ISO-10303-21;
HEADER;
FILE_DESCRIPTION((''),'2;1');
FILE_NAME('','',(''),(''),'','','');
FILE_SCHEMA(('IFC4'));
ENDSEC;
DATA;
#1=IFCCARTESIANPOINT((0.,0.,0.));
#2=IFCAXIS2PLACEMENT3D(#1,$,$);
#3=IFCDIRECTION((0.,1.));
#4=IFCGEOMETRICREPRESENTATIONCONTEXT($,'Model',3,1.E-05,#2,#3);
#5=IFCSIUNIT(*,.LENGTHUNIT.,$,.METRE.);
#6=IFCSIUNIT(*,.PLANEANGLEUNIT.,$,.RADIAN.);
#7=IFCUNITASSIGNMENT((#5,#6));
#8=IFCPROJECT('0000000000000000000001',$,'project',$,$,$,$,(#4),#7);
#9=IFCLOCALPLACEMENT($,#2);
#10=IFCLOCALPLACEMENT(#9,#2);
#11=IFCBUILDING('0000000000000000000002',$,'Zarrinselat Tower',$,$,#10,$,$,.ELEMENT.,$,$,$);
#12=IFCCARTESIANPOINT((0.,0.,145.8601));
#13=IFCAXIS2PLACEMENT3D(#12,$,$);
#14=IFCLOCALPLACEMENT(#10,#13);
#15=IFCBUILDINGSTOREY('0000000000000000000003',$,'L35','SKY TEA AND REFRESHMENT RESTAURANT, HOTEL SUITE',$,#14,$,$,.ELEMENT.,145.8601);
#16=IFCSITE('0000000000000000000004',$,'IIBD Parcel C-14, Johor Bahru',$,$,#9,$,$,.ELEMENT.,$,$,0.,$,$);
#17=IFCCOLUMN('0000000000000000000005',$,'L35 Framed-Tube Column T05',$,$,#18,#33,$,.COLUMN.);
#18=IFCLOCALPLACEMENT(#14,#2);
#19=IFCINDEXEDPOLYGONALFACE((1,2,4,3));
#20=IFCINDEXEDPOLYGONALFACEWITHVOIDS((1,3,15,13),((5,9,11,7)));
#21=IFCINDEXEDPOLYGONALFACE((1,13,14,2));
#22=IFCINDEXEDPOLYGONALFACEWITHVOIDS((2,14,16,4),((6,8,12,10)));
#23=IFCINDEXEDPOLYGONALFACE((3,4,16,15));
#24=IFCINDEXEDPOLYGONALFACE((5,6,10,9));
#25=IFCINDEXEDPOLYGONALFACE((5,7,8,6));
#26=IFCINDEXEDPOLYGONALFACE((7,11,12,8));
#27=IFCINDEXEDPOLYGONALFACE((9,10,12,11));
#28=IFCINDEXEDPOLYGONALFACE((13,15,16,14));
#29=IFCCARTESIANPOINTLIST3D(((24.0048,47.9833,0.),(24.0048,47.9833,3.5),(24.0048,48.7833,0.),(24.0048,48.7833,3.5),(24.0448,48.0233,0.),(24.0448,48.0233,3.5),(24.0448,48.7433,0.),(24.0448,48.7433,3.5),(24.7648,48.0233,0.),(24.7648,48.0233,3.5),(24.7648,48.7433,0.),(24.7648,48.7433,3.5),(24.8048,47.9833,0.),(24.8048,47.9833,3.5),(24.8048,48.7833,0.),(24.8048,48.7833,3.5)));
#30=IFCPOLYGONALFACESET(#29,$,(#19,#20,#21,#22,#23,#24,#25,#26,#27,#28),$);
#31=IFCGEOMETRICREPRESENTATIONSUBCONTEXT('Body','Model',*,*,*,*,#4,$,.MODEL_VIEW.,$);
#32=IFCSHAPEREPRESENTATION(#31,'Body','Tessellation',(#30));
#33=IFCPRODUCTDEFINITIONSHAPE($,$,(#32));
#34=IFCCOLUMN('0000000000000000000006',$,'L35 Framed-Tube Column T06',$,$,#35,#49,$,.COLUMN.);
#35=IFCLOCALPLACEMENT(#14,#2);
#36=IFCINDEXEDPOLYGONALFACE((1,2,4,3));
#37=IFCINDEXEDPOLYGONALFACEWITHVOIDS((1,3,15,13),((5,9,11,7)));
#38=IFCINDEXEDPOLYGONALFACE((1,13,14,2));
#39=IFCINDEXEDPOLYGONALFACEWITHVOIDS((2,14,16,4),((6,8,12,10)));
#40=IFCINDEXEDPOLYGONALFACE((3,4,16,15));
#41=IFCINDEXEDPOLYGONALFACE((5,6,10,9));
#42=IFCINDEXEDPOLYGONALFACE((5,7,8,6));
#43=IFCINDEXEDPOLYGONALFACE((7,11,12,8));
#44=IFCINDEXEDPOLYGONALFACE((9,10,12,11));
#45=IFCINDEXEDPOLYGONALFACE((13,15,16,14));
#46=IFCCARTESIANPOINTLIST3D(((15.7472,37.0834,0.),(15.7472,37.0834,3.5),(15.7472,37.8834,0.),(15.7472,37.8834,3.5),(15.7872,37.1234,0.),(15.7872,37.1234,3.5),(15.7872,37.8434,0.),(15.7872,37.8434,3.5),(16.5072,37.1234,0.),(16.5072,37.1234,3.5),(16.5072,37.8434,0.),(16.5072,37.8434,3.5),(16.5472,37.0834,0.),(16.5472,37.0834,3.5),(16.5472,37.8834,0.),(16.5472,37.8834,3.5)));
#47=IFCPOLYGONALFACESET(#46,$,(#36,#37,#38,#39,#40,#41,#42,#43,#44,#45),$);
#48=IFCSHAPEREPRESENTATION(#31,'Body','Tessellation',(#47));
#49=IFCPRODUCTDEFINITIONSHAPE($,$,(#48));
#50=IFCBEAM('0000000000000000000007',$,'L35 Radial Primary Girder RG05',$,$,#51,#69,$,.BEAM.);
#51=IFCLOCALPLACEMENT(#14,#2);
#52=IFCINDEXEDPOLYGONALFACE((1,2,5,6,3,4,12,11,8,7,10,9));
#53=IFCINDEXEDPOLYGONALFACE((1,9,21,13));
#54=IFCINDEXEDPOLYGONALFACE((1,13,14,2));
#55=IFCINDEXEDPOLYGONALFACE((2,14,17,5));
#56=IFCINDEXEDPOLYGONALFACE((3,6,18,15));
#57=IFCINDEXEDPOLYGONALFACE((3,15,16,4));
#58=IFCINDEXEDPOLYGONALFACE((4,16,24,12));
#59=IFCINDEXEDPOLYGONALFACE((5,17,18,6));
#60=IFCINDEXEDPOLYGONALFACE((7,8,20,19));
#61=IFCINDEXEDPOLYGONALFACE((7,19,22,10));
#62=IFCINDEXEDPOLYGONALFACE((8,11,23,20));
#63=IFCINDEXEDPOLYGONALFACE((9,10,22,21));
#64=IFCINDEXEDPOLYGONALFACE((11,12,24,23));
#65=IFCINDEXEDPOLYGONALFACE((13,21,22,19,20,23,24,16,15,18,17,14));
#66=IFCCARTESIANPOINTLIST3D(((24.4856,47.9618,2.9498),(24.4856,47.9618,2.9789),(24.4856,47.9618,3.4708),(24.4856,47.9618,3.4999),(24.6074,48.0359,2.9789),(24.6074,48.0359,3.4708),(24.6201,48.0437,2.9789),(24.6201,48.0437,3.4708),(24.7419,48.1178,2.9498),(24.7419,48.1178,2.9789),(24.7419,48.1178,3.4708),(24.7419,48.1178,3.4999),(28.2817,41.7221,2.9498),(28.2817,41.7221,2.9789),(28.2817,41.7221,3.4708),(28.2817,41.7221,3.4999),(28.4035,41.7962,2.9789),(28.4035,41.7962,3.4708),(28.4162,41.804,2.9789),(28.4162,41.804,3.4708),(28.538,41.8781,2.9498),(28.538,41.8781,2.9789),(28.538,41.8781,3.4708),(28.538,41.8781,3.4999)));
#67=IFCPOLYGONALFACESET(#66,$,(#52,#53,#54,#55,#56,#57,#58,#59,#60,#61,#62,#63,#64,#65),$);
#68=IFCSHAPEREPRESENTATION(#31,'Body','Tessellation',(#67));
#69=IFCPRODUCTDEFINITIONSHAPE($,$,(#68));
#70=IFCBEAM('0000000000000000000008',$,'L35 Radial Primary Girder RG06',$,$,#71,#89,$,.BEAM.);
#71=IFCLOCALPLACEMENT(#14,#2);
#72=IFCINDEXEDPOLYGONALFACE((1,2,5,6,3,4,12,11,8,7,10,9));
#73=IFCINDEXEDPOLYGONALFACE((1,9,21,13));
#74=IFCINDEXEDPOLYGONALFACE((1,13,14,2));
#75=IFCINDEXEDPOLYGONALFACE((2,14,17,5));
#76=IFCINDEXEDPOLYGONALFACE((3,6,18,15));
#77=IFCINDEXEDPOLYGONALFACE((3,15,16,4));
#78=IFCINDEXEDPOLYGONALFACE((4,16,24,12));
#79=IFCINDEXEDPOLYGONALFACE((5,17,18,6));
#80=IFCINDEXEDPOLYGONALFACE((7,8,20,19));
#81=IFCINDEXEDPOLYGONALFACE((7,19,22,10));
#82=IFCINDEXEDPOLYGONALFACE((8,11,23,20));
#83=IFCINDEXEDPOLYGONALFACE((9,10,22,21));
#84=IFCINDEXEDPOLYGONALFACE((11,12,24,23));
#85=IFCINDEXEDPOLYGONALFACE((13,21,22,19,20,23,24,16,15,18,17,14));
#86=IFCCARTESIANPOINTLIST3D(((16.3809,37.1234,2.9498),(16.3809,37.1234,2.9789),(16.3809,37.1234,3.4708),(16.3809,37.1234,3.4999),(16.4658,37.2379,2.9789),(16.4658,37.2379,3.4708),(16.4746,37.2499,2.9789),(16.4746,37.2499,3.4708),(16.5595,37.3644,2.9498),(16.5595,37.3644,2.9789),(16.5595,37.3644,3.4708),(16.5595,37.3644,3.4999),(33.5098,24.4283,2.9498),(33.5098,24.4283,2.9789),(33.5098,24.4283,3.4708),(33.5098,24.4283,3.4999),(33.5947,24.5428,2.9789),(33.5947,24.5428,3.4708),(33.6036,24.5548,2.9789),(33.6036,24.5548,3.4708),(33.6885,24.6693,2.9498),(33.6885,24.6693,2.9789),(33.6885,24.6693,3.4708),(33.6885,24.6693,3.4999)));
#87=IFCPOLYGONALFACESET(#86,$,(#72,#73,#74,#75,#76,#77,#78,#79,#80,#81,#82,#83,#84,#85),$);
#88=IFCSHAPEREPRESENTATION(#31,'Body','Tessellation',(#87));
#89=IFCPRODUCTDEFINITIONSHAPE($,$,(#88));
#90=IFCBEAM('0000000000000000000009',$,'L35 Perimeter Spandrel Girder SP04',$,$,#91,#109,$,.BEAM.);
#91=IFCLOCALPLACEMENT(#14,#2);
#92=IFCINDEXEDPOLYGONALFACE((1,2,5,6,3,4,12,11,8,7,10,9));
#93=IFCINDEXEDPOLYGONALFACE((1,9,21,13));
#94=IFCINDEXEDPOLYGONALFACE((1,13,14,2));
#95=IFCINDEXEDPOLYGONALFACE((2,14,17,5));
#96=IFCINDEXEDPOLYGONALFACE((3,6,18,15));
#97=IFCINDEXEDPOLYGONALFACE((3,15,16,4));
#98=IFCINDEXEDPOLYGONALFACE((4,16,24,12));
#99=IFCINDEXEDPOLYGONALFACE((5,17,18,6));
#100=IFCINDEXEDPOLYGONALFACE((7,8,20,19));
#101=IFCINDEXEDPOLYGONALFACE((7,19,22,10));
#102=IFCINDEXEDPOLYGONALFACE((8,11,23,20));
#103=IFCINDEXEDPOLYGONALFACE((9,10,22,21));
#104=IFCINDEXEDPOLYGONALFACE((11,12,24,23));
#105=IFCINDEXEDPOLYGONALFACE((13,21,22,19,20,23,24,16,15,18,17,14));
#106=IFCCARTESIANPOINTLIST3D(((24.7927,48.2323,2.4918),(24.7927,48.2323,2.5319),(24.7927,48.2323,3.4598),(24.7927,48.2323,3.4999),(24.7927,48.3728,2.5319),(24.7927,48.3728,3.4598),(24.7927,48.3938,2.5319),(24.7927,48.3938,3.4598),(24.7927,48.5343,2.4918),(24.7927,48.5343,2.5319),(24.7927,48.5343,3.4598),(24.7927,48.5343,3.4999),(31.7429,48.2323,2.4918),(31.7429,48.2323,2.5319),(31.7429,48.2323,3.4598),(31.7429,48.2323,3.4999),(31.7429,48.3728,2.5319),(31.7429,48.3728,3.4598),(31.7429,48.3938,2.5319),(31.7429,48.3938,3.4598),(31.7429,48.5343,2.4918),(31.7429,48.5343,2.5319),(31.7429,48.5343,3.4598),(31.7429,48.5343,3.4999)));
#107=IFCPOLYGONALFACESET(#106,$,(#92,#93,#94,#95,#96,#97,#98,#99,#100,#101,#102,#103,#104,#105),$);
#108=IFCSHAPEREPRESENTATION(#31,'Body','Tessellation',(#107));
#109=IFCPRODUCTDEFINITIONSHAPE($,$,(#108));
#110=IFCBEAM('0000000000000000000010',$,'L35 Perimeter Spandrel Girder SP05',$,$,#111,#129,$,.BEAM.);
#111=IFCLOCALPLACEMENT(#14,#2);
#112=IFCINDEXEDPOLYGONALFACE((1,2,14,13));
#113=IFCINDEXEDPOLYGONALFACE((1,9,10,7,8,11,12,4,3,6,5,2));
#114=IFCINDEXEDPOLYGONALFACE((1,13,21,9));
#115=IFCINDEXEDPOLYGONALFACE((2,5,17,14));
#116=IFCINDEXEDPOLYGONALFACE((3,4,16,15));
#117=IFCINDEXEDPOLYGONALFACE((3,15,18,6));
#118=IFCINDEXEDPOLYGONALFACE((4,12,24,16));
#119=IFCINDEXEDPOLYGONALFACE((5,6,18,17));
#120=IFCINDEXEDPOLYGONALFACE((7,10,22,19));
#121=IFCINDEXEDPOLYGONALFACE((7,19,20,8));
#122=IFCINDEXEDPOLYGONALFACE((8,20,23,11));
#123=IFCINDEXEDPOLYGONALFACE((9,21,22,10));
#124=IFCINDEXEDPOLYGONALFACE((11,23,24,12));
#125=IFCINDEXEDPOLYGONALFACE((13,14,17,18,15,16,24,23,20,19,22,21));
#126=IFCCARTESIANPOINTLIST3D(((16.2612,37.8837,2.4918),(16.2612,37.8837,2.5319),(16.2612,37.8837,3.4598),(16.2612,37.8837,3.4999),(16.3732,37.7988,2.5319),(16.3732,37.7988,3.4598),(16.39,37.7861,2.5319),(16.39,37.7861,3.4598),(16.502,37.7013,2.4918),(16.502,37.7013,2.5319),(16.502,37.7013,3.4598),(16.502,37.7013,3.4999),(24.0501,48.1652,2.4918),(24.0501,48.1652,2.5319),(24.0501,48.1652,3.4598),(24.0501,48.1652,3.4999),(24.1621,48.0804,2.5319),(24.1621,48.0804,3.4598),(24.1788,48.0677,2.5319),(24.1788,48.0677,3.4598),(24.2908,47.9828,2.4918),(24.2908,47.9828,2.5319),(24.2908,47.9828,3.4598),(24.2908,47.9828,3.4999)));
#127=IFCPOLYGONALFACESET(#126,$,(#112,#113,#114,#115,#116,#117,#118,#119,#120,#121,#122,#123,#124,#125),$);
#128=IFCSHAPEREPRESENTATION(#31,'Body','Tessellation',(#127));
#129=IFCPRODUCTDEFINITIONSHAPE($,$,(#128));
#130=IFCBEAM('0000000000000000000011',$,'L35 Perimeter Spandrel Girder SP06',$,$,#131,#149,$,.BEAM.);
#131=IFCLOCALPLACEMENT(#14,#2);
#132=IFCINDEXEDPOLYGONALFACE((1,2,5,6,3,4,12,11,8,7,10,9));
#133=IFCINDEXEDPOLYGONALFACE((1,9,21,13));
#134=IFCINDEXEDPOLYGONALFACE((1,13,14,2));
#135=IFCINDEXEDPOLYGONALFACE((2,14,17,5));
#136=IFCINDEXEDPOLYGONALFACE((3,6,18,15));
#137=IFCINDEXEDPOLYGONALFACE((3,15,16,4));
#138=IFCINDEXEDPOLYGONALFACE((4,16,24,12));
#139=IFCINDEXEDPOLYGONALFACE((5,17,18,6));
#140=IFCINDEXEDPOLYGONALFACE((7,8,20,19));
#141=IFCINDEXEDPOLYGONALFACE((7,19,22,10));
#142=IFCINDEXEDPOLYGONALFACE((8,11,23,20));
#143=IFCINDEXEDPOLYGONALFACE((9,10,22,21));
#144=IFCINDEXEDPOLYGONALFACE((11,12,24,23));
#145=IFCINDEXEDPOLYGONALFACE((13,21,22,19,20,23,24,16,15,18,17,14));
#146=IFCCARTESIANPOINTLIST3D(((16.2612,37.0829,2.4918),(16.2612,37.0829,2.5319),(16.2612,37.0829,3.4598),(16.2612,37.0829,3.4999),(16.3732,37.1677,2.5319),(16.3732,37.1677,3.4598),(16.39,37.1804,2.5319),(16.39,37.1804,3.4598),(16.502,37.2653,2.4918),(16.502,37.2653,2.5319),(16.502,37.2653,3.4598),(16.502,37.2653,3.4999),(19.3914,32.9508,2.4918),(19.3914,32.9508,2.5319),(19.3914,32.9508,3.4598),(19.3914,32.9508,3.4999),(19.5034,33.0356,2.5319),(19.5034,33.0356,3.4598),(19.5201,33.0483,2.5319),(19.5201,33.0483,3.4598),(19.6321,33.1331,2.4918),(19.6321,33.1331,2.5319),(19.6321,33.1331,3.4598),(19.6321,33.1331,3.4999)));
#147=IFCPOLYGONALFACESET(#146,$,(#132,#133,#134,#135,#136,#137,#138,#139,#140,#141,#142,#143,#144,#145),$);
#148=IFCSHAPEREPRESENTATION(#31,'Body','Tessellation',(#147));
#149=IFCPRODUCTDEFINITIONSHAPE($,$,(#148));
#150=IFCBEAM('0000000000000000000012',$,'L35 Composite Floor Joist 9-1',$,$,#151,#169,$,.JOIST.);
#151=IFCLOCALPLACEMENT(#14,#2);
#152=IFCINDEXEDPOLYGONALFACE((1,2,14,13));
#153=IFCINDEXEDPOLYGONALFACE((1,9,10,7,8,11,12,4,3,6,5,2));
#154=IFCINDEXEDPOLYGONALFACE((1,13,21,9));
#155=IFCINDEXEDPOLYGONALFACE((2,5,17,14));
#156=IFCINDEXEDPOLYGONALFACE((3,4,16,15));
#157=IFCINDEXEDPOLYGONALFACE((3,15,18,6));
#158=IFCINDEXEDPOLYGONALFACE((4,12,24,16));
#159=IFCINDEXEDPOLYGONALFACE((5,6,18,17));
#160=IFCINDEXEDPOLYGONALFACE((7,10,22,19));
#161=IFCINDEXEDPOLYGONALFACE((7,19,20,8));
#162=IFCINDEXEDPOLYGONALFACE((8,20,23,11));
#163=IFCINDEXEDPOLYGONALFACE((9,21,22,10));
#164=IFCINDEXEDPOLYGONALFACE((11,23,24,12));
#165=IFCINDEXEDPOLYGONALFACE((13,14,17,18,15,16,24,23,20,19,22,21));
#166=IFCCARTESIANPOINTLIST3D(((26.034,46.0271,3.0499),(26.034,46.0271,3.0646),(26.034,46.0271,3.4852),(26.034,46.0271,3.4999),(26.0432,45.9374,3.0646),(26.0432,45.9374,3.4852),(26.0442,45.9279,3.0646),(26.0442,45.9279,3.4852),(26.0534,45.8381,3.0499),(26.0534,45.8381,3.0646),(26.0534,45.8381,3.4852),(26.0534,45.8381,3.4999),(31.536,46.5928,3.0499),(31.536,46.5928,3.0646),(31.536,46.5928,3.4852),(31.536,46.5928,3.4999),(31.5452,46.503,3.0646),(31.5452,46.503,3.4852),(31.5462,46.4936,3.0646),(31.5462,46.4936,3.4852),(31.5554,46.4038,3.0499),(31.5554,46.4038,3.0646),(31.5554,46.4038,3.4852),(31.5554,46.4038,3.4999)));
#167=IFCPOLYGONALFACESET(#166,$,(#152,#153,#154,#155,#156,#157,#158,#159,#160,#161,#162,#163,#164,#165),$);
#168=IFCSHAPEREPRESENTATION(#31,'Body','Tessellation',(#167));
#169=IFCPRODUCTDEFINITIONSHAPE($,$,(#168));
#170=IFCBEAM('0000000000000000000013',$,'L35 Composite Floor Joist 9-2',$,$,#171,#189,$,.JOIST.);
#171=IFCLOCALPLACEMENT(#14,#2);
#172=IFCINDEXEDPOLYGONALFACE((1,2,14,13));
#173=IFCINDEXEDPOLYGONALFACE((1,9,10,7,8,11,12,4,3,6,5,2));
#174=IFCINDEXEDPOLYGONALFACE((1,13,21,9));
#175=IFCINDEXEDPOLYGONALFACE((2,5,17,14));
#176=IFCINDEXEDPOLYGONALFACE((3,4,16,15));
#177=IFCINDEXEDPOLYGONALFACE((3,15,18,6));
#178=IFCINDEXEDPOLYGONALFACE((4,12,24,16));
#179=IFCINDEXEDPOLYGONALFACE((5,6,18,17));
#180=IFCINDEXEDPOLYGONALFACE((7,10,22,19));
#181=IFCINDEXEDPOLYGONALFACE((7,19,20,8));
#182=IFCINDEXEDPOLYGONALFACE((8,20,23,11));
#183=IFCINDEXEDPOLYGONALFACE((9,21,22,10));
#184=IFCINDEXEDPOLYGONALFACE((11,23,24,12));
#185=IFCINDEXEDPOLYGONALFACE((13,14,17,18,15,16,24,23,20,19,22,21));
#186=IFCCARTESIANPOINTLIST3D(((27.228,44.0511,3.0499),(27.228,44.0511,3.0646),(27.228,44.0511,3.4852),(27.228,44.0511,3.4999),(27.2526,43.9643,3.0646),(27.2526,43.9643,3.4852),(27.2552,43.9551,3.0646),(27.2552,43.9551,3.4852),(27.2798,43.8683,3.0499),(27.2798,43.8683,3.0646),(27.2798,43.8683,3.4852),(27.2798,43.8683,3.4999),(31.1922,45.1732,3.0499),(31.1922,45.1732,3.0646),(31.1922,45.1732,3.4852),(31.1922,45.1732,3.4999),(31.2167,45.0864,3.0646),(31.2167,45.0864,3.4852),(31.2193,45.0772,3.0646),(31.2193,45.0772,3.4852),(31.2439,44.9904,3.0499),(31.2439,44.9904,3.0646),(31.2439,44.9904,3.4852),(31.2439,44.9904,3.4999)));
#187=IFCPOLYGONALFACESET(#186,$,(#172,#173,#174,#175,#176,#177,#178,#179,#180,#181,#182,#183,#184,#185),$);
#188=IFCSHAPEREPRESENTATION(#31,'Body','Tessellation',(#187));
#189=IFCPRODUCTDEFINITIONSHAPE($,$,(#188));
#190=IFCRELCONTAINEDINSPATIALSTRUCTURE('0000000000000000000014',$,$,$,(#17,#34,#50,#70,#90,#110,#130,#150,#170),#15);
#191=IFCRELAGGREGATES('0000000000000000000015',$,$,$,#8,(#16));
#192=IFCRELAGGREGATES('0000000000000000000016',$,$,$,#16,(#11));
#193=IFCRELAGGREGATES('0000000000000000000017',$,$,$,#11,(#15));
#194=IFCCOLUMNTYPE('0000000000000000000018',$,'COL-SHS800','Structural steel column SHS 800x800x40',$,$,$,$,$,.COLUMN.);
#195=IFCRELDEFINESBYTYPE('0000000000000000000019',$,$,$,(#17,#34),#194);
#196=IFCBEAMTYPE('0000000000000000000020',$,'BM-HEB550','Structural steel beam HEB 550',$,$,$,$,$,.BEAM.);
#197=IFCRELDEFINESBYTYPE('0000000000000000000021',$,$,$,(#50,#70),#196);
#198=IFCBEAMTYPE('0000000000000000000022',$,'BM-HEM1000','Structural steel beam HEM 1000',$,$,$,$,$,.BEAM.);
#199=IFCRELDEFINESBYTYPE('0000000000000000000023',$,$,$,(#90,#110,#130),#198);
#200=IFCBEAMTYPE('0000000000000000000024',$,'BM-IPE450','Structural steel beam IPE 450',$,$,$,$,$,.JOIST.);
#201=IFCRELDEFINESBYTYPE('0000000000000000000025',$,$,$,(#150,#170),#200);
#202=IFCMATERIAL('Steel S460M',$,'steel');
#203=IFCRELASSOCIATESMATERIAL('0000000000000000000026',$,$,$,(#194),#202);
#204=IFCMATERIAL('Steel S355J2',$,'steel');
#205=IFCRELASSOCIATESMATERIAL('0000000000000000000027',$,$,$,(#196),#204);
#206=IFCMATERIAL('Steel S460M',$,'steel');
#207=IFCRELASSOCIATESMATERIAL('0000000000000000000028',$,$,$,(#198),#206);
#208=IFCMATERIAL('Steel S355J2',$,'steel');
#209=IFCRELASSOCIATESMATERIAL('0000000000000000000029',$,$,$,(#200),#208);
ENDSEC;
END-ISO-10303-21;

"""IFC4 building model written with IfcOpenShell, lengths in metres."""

from ifc_helpers import new_model, si_unit, direction, frame, origin, origin_2d, place, context, subcontext, project, spatial, hollow_rectangle, i_section, extrude, material, material_profile, profile_set, type_object, element, save


model = new_model("IFC4")

# Units and contexts
model_context = context("Model", 3, precision=1e-05, world=origin(), true_north=direction((0.0, 1.0)))
body_context = subcontext(model_context, "Body", "Model", "MODEL_VIEW")
ifc_project = project(units=[si_unit("LENGTHUNIT", "METRE"), si_unit("PLANEANGLEUNIT", "RADIAN")], contexts=[model_context])

# Site, building, storey
site_placement = place(None, origin())
site = spatial("IfcSite", under=ifc_project, at=site_placement, Name="IIBD Parcel C-14, Johor Bahru", CompositionType="ELEMENT", RefElevation=0.0)
building_placement = place(site_placement, origin())
building = spatial("IfcBuilding", under=site, at=building_placement, Name="Zarrinselat Tower", CompositionType="ELEMENT")
storey_placement = place(building_placement, frame((0.0, 0.0, 145.8601)))
storey = spatial("IfcBuildingStorey", under=building, at=storey_placement, Name="L35", Description="SKY TEA AND REFRESHMENT RESTAURANT, HOTEL SUITE", CompositionType="ELEMENT", Elevation=145.8601)

# Columns
ifc_material_1 = material(Name="Steel S460M", Category="steel")
ifc_material_profile_1 = material_profile(ifc_material_1, hollow_rectangle(XDim=0.8, YDim=0.8, WallThickness=0.04, at=origin_2d()), Name="SHS 800x800x40")
ifc_profile_set_1 = profile_set([ifc_material_profile_1], Name="Steel S460M")
column_type = type_object("IfcColumnType", Name="COL-SHS800", Description="Structural steel column SHS 800x800x40", PredefinedType="COLUMN", material=ifc_profile_set_1)
for number, where, z_axis, x_axis, name in (
    (1, (24.4048, 48.3833, 0.0), (0.0, 0.0, 1.0), (1.0, 0.0, 0.0), "L35 Framed-Tube Column T05"),
    (2, (16.1472, 37.4834, 0.0), (0.0, 0.0, 1.0), (1.0, 0.0, 0.0), "L35 Framed-Tube Column T06"),
):
    element("IfcColumn", number, at=place(storey_placement, frame(where, z_axis=z_axis, x_axis=x_axis)), inside=storey, type_object=column_type, Name=name, PredefinedType="COLUMN", context=body_context, shape_type="SweptSolid", body=[
        extrude(hollow_rectangle(XDim=0.8, YDim=0.8, WallThickness=0.04, at=origin_2d()), origin(), (0.0, 0.0, 1.0), 3.5),
    ])

# Beams
ifc_material_2 = material(Name="Steel S355J2", Category="steel")
ifc_material_profile_2 = material_profile(ifc_material_2, i_section(OverallWidth=0.3, OverallDepth=0.55, WebThickness=0.0149, FlangeThickness=0.0291, at=origin_2d()), Name="HEB 550")
ifc_profile_set_2 = profile_set([ifc_material_profile_2], Name="Steel S355J2")
beam_type_1 = type_object("IfcBeamType", Name="BM-HEB550", Description="Structural steel beam HEB 550", PredefinedType="BEAM", material=ifc_profile_set_2)
beam_1_placement = place(storey_placement, frame((24.6138, 48.0398, 3.2249), z_axis=(0.519751, -0.854318, 0.0), x_axis=(0.854318, 0.519751, 0.0)))
element("IfcBeam", 3, at=beam_1_placement, inside=storey, type_object=beam_type_1, Name="L35 Radial Primary Girder RG05", PredefinedType="BEAM", context=body_context, shape_type="SweptSolid", body=[
    extrude(i_section(OverallWidth=0.3, OverallDepth=0.55, WebThickness=0.0149, FlangeThickness=0.0291, at=origin_2d()), origin(), (0.0, 0.0, 1.0), 7.3037),
])
beam_2_placement = place(storey_placement, frame((16.4702, 37.2439, 3.2249), z_axis=(0.8034, -0.595439, 0.0), x_axis=(0.595439, 0.8034, 0.0)))
element("IfcBeam", 4, at=beam_2_placement, inside=storey, type_object=beam_type_1, Name="L35 Radial Primary Girder RG06", PredefinedType="BEAM", context=body_context, shape_type="SweptSolid", body=[
    extrude(i_section(OverallWidth=0.3, OverallDepth=0.55, WebThickness=0.0149, FlangeThickness=0.0291, at=origin_2d()), origin(), (0.0, 0.0, 1.0), 21.3206),
])
ifc_material_3 = material(Name="Steel S460M", Category="steel")
ifc_material_profile_3 = material_profile(ifc_material_3, i_section(OverallWidth=0.302, OverallDepth=1.0081, WebThickness=0.021, FlangeThickness=0.04, at=origin_2d()), Name="HEM 1000")
ifc_profile_set_3 = profile_set([ifc_material_profile_3], Name="Steel S460M")
beam_type_2 = type_object("IfcBeamType", Name="BM-HEM1000", Description="Structural steel beam HEM 1000", PredefinedType="BEAM", material=ifc_profile_set_3)
beam_3_placement = place(storey_placement, frame((24.7927, 48.3833, 2.9958), z_axis=(1.0, 0.0, 0.0), x_axis=(0.0, 1.0, 0.0)))
element("IfcBeam", 5, at=beam_3_placement, inside=storey, type_object=beam_type_2, Name="L35 Perimeter Spandrel Girder SP04", PredefinedType="BEAM", context=body_context, shape_type="SweptSolid", body=[
    extrude(i_section(OverallWidth=0.302, OverallDepth=1.0081, WebThickness=0.021, FlangeThickness=0.04, at=origin_2d()), origin(), (0.0, 0.0, 1.0), 6.9502),
])
beam_4_placement = place(storey_placement, frame((16.3816, 37.7925, 2.9958), z_axis=(0.603848, 0.797099, 0.0), x_axis=(-0.797099, 0.603848, 0.0)))
element("IfcBeam", 6, at=beam_4_placement, inside=storey, type_object=beam_type_2, Name="L35 Perimeter Spandrel Girder SP05", PredefinedType="BEAM", context=body_context, shape_type="SweptSolid", body=[
    extrude(i_section(OverallWidth=0.302, OverallDepth=1.0081, WebThickness=0.021, FlangeThickness=0.04, at=origin_2d()), origin(), (0.0, 0.0, 1.0), 12.8987),
])
beam_5_placement = place(storey_placement, frame((16.3816, 37.1741, 2.9958), z_axis=(0.603829, -0.797114, 0.0), x_axis=(0.797114, 0.603829, 0.0)))
element("IfcBeam", 7, at=beam_5_placement, inside=storey, type_object=beam_type_2, Name="L35 Perimeter Spandrel Girder SP06", PredefinedType="BEAM", context=body_context, shape_type="SweptSolid", body=[
    extrude(i_section(OverallWidth=0.302, OverallDepth=1.0081, WebThickness=0.021, FlangeThickness=0.04, at=origin_2d()), origin(), (0.0, 0.0, 1.0), 5.1838),
])
ifc_material_4 = material(Name="Steel S355J2", Category="steel")
ifc_material_profile_4 = material_profile(ifc_material_4, i_section(OverallWidth=0.1899, OverallDepth=0.45, WebThickness=0.0095, FlangeThickness=0.0146, at=origin_2d()), Name="IPE 450")
ifc_profile_set_4 = profile_set([ifc_material_profile_4], Name="Steel S355J2")
beam_type_3 = type_object("IfcBeamType", Name="BM-IPE450", Description="Structural steel beam IPE 450", PredefinedType="JOIST", material=ifc_profile_set_4)
beam_6_placement = place(storey_placement, frame((26.0437, 45.9326, 3.2749), z_axis=(0.994756, 0.102274, 0.0), x_axis=(-0.102274, 0.994756, 0.0)))
element("IfcBeam", 8, at=beam_6_placement, inside=storey, type_object=beam_type_3, Name="L35 Composite Floor Joist 9-1", PredefinedType="JOIST", context=body_context, shape_type="SweptSolid", body=[
    extrude(i_section(OverallWidth=0.1899, OverallDepth=0.45, WebThickness=0.0095, FlangeThickness=0.0146, at=origin_2d()), origin(), (0.0, 0.0, 1.0), 5.531),
])
beam_7_placement = place(storey_placement, frame((27.2539, 43.9597, 3.2749), z_axis=(0.962196, 0.272357, 0.0), x_axis=(-0.272357, 0.962196, 0.0)))
element("IfcBeam", 9, at=beam_7_placement, inside=storey, type_object=beam_type_3, Name="L35 Composite Floor Joist 9-2", PredefinedType="JOIST", context=body_context, shape_type="SweptSolid", body=[
    extrude(i_section(OverallWidth=0.1899, OverallDepth=0.45, WebThickness=0.0095, FlangeThickness=0.0146, at=origin_2d()), origin(), (0.0, 0.0, 1.0), 4.1199),
])

save(model, "model.ifc")
